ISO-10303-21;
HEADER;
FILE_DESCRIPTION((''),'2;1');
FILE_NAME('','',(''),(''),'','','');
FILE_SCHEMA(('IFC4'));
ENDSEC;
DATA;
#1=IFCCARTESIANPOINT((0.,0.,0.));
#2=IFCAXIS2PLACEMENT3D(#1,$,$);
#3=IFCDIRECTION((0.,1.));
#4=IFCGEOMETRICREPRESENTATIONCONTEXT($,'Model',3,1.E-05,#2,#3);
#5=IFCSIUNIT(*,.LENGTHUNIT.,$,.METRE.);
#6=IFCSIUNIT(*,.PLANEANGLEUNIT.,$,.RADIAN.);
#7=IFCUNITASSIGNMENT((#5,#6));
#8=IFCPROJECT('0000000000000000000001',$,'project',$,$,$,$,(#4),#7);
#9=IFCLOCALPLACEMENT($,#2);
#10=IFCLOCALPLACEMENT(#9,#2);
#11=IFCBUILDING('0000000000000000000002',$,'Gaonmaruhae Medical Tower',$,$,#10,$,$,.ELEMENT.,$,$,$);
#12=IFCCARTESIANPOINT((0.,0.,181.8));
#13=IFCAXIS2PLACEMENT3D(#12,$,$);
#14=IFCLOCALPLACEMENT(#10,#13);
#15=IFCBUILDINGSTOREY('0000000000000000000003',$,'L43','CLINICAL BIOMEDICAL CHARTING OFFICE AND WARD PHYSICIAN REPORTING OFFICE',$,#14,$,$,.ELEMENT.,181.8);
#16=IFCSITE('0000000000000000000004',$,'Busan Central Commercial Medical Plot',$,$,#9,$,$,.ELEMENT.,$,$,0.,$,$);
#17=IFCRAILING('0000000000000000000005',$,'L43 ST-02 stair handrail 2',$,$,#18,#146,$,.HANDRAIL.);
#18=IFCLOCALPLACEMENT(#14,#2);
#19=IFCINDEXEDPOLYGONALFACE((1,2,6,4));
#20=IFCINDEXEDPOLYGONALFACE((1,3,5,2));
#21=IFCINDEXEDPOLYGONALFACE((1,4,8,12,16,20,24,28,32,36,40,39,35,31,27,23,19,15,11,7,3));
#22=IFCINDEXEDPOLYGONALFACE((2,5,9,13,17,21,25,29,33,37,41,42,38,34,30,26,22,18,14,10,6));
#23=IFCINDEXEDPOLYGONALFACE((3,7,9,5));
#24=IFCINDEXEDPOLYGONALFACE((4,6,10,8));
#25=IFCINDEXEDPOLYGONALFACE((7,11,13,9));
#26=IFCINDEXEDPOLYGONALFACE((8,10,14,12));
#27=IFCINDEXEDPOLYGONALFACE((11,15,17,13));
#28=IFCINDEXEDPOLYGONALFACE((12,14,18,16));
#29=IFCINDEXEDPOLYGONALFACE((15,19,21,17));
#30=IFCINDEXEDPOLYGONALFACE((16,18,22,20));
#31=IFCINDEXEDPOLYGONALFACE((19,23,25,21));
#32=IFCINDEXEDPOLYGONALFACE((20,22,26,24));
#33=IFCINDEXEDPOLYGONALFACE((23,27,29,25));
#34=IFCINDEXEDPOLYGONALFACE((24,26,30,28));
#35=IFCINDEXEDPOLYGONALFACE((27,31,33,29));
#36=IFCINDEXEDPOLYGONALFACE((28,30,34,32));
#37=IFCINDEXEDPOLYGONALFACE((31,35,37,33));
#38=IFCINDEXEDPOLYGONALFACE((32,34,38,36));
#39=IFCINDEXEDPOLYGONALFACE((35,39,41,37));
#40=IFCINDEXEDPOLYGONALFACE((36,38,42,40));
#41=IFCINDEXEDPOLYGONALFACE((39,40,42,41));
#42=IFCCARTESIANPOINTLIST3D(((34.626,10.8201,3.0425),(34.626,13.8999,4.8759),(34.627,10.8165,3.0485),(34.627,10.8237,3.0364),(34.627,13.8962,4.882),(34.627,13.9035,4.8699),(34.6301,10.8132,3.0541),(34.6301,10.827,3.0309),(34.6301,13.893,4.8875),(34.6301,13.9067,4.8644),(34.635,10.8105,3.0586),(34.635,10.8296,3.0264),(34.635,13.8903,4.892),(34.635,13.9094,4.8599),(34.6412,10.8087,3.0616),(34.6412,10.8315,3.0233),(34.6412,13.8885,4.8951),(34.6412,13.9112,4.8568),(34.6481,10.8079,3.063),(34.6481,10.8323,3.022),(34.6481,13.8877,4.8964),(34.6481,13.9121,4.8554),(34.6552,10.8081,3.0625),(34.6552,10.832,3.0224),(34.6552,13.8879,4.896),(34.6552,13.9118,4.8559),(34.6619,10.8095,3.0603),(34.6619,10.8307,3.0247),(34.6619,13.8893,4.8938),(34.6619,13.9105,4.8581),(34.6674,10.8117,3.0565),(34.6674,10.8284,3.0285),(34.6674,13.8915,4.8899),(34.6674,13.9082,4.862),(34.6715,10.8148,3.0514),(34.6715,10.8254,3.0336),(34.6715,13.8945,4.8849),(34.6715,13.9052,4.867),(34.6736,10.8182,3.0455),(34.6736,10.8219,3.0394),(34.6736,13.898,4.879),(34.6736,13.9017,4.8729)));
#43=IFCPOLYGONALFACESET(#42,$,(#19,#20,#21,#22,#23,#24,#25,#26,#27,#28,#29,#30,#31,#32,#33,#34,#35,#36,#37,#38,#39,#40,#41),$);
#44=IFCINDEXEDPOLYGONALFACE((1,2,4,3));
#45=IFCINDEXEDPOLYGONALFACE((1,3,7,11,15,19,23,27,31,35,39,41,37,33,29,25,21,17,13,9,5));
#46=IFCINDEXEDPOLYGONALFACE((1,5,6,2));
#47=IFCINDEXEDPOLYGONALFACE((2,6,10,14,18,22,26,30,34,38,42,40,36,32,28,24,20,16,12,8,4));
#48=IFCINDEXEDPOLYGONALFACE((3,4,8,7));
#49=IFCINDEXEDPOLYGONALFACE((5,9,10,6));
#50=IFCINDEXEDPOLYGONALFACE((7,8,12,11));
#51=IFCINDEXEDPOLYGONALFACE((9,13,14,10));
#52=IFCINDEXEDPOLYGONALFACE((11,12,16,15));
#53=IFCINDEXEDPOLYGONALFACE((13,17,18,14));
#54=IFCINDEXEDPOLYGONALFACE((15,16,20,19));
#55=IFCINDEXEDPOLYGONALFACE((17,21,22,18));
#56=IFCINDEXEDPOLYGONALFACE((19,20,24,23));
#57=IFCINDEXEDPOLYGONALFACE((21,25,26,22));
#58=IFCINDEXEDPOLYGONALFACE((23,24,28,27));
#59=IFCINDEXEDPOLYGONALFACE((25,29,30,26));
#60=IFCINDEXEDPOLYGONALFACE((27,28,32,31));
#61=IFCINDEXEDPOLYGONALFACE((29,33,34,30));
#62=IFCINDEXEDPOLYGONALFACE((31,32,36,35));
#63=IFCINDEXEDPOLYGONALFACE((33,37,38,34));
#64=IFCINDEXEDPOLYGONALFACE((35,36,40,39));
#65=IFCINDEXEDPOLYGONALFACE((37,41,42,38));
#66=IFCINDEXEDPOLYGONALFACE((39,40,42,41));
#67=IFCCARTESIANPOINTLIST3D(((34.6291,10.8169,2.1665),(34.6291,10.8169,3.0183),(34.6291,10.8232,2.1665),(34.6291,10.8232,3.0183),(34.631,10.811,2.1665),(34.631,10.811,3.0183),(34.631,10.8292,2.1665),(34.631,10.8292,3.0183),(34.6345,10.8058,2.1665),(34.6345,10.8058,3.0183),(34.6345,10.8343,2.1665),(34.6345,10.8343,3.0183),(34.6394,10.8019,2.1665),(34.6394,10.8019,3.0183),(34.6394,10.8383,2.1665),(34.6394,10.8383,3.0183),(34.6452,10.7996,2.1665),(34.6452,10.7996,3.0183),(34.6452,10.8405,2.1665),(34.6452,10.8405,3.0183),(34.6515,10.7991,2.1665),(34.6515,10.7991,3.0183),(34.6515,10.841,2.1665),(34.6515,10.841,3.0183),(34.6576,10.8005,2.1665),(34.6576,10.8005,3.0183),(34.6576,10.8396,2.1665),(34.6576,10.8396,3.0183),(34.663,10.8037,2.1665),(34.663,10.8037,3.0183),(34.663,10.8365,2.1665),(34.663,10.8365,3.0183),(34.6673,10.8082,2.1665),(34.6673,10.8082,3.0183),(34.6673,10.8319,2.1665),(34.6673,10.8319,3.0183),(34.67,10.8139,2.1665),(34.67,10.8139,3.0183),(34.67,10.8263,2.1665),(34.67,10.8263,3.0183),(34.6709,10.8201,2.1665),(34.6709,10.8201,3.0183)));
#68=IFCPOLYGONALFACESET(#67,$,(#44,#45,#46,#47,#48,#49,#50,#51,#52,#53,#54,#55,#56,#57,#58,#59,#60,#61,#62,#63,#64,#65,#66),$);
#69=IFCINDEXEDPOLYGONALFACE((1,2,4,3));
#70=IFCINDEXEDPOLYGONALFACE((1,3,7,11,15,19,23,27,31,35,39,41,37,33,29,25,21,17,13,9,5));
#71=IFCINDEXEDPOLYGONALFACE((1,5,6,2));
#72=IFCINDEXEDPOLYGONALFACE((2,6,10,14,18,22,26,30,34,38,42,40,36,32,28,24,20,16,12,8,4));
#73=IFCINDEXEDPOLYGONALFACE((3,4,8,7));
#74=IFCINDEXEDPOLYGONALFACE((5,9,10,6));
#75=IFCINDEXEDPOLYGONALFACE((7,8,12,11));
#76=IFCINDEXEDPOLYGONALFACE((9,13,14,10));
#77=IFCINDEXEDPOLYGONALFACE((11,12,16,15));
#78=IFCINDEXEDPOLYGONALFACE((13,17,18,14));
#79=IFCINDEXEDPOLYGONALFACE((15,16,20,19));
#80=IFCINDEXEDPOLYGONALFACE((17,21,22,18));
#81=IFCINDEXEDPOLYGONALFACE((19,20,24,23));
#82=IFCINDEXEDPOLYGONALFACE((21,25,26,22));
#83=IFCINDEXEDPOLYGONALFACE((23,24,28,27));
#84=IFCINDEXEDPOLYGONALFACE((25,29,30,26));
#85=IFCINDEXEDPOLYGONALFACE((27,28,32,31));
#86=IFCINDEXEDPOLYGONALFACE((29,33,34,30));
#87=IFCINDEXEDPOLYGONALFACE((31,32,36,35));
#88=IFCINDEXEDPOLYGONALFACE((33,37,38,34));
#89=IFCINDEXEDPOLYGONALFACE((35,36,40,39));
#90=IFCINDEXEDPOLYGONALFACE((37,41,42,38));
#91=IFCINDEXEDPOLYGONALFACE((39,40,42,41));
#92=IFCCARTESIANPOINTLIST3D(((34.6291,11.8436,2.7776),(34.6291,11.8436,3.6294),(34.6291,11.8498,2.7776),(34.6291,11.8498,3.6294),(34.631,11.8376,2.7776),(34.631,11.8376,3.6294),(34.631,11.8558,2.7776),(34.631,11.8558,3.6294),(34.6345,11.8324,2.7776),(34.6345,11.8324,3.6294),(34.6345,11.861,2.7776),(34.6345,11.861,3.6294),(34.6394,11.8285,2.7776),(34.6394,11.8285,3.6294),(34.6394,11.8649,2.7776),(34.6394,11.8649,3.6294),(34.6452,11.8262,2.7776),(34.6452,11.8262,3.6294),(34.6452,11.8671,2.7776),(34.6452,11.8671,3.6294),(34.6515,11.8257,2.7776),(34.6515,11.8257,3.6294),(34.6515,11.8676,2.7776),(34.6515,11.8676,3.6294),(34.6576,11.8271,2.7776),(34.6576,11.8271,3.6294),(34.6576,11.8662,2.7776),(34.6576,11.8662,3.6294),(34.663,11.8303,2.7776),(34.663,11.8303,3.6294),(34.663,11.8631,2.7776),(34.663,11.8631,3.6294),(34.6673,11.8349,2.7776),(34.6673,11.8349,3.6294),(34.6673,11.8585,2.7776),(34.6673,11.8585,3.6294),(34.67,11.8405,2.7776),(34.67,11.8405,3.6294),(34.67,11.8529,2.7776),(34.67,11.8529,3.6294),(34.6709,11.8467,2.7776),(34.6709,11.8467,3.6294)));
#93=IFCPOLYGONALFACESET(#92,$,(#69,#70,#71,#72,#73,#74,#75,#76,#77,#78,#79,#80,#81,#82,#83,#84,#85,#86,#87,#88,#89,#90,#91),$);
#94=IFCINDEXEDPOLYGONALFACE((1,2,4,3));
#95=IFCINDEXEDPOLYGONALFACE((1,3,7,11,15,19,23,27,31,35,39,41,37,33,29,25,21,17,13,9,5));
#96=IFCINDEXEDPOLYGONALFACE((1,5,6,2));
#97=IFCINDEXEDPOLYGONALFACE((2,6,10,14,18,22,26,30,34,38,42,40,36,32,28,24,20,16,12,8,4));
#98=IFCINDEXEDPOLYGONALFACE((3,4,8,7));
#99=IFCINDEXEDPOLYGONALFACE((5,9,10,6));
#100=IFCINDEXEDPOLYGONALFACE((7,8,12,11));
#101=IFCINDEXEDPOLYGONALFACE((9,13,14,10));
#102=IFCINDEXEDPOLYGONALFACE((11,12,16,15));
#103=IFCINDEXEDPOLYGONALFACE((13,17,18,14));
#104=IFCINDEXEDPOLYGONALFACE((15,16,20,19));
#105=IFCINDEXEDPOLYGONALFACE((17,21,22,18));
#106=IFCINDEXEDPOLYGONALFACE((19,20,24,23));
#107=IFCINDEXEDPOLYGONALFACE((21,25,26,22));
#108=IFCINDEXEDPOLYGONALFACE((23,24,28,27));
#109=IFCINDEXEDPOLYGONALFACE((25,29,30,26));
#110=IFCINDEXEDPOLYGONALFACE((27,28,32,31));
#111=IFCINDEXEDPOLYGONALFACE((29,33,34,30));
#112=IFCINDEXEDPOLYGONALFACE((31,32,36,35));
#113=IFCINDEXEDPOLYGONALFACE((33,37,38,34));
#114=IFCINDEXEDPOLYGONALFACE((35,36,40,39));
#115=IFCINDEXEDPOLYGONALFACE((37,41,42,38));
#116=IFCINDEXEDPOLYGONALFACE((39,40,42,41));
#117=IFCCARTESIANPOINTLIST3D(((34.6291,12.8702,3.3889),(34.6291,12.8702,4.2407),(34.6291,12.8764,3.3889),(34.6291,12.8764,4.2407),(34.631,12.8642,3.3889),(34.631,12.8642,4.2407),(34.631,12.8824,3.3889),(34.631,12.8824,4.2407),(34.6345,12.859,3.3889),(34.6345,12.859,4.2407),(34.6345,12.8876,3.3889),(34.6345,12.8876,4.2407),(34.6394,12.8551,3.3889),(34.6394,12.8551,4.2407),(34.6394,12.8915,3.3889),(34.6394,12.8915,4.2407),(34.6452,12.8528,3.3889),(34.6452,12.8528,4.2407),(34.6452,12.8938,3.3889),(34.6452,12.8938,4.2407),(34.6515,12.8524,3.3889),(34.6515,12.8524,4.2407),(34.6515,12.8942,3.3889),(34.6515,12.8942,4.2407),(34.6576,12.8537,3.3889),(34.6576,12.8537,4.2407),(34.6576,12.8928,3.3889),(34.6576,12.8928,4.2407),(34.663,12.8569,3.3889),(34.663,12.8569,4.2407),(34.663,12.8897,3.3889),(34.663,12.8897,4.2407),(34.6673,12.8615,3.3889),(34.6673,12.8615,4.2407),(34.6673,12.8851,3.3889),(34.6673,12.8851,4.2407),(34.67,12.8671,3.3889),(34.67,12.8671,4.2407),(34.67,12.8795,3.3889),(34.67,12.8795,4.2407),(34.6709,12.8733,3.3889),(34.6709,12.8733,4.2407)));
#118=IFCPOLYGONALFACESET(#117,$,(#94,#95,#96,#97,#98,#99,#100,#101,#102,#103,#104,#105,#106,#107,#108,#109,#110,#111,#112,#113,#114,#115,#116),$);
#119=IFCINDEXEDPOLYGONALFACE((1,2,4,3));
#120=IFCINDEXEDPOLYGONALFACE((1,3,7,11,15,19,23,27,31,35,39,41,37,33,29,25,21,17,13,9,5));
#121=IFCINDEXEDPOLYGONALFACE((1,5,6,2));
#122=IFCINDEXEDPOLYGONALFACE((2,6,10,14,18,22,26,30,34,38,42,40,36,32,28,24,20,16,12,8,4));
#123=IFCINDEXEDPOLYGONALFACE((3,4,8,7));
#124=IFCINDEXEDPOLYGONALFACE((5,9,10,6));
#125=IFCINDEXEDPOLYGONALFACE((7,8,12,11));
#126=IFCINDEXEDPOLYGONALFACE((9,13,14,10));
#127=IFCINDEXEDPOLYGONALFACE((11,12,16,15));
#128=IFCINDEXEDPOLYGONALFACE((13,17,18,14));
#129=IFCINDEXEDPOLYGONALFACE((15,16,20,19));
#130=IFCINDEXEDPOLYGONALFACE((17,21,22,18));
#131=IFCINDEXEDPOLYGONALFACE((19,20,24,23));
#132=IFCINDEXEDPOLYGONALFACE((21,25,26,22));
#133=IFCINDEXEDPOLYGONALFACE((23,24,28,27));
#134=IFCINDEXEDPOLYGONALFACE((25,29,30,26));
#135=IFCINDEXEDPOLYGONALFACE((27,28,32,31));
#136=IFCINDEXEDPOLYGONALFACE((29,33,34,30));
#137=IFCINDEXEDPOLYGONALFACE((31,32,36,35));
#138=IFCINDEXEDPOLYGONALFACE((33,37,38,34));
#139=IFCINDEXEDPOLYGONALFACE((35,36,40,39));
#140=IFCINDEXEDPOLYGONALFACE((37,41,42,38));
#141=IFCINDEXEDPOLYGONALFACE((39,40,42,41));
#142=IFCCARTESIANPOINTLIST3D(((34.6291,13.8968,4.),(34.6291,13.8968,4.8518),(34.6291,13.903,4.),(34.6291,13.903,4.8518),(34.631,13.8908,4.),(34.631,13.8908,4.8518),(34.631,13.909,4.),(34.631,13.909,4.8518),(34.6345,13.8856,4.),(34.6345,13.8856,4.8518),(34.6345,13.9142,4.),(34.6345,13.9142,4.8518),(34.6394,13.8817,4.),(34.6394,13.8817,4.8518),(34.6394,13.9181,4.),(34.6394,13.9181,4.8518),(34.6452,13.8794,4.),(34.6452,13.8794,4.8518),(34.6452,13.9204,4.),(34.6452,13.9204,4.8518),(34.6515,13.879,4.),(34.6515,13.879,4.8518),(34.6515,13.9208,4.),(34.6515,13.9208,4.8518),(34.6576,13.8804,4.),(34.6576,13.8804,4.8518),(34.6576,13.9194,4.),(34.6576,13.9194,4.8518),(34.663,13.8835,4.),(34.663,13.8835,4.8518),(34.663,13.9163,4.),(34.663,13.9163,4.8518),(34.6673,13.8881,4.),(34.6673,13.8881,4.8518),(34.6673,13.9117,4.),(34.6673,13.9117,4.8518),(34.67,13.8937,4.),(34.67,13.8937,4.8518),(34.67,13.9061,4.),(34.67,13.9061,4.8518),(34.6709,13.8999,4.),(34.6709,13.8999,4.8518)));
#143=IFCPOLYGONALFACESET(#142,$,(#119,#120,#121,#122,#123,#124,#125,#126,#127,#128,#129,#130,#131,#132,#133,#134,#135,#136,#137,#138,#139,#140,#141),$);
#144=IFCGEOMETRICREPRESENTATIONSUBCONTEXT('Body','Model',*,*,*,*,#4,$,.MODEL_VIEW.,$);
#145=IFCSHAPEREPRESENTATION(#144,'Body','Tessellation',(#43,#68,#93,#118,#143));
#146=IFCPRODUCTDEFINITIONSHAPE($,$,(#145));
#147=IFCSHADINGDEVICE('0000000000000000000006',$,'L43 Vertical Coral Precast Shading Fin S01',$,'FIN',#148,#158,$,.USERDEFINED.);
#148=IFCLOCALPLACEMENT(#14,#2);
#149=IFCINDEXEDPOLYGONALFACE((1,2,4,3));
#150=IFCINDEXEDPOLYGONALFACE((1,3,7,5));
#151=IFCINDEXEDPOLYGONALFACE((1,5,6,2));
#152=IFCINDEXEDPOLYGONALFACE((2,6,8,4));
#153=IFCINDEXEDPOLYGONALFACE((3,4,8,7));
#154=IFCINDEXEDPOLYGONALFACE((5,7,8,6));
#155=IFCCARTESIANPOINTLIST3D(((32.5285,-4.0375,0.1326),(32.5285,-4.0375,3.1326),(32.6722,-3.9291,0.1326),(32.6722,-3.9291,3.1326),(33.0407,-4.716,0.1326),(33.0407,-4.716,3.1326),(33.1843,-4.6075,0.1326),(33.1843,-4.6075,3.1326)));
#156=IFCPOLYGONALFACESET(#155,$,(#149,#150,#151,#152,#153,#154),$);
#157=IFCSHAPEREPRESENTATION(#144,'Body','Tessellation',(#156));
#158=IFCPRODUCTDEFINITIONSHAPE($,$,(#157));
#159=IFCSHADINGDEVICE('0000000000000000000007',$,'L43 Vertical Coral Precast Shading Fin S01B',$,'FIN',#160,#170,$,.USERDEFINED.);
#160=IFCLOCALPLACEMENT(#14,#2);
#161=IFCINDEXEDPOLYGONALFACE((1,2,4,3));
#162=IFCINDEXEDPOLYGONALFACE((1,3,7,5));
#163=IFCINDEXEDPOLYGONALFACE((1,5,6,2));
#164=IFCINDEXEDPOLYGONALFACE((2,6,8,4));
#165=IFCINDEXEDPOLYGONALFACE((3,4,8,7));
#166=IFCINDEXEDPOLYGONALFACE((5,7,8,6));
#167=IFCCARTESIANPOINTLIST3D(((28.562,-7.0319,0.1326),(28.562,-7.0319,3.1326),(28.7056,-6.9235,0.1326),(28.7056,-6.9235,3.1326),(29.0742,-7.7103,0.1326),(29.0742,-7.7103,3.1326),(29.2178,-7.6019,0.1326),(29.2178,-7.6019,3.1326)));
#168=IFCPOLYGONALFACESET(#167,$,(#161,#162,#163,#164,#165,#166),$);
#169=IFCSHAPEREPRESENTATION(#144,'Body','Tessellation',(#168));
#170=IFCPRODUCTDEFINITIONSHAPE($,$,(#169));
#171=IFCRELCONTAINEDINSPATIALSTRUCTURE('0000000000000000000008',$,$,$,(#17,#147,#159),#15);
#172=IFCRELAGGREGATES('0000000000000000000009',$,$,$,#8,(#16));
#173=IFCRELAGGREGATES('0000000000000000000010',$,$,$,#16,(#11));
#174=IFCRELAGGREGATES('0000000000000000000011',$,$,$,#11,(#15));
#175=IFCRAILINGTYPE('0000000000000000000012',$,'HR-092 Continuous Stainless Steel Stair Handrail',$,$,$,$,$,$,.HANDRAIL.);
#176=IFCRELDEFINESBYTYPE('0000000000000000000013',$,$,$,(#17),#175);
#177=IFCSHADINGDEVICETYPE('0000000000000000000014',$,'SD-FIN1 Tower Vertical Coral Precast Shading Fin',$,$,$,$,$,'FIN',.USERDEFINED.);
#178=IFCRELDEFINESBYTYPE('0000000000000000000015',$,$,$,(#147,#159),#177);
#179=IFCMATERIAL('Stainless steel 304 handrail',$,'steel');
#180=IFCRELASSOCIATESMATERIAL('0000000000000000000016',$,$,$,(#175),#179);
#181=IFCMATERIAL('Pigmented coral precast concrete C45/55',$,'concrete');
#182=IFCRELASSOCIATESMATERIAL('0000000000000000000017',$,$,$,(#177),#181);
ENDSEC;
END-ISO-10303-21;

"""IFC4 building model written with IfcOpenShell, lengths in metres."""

from ifc_helpers import new_model, si_unit, direction, frame, origin, origin_2d, place, context, subcontext, project, spatial, rectangle, circle, extrude, material, type_object, element, save


model = new_model("IFC4")

# Units and contexts
model_context = context("Model", 3, precision=1e-05, world=origin(), true_north=direction((0.0, 1.0)))
body_context = subcontext(model_context, "Body", "Model", "MODEL_VIEW")
ifc_project = project(units=[si_unit("LENGTHUNIT", "METRE"), si_unit("PLANEANGLEUNIT", "RADIAN")], contexts=[model_context])

# Site, building, storey
site_placement = place(None, origin())
site = spatial("IfcSite", under=ifc_project, at=site_placement, Name="Busan Central Commercial Medical Plot", CompositionType="ELEMENT", RefElevation=0.0)
building_placement = place(site_placement, origin())
building = spatial("IfcBuilding", under=site, at=building_placement, Name="Gaonmaruhae Medical Tower", CompositionType="ELEMENT")
storey_placement = place(building_placement, frame((0.0, 0.0, 181.8)))
storey = spatial("IfcBuildingStorey", under=building, at=storey_placement, Name="L43", Description="CLINICAL BIOMEDICAL CHARTING OFFICE AND WARD PHYSICIAN REPORTING OFFICE", CompositionType="ELEMENT", Elevation=181.8)

# Railing
ifc_material_1 = material(Name="Stainless steel 304 handrail", Category="steel")
railing_type_1 = type_object("IfcRailingType", Name="HR-092 Continuous Stainless Steel Stair Handrail", PredefinedType="HANDRAIL", material=ifc_material_1)
railing_1_placement = place(storey_placement, frame((34.6499, 10.8201, 2.1665)))
element("IfcRailing", 1, at=railing_1_placement, inside=storey, type_object=railing_type_1, Name="L43 ST-02 stair handrail 2", PredefinedType="HANDRAIL", context=body_context, shape_type="SweptSolid", body=[
    extrude(circle(Radius=0.0239, at=origin_2d()), frame((0.0, 0.0, 0.876), z_axis=(0.0, 0.859261, 0.511538), x_axis=(-1.0, 0.0, 0.0)), (0.0, 0.0, 1.0), 3.5842),
    extrude(circle(Radius=0.021, at=origin_2d()), origin(), (0.0, 0.0, 1.0), 0.8518),
    extrude(circle(Radius=0.021, at=origin_2d()), frame((0.0, 1.0266, 0.6111)), (0.0, 0.0, 1.0), 0.8518),
    extrude(circle(Radius=0.021, at=origin_2d()), frame((0.0, 2.0532, 1.2224)), (0.0, 0.0, 1.0), 0.8518),
    extrude(circle(Radius=0.021, at=origin_2d()), frame((0.0, 3.0798, 1.8335)), (0.0, 0.0, 1.0), 0.8518),
])

# Shading devices
ifc_material_2 = material(Name="Pigmented coral precast concrete C45/55", Category="concrete")
shading_device_type = type_object("IfcShadingDeviceType", Name="SD-FIN1 Tower Vertical Coral Precast Shading Fin", ElementType="FIN", PredefinedType="USERDEFINED", material=ifc_material_2)
for number, where, z_axis, x_axis, name in (
    (2, (32.8564, -4.3225, 0.1326), (0.0, 0.0, 1.0), (-0.79811, -0.602512, 0.0), "L43 Vertical Coral Precast Shading Fin S01"),
    (3, (28.8899, -7.3169, 0.1326), (0.0, 0.0, 1.0), (-0.79811, -0.602512, 0.0), "L43 Vertical Coral Precast Shading Fin S01B"),
):
    element("IfcShadingDevice", number, at=place(storey_placement, frame(where, z_axis=z_axis, x_axis=x_axis)), inside=storey, type_object=shading_device_type, Name=name, ObjectType="FIN", PredefinedType="USERDEFINED", context=body_context, shape_type="SweptSolid", body=[
        extrude(rectangle(XDim=0.1799, YDim=0.8501, at=origin_2d()), origin(), (0.0, 0.0, 1.0), 3.0),
    ])

save(model, "model.ifc")
